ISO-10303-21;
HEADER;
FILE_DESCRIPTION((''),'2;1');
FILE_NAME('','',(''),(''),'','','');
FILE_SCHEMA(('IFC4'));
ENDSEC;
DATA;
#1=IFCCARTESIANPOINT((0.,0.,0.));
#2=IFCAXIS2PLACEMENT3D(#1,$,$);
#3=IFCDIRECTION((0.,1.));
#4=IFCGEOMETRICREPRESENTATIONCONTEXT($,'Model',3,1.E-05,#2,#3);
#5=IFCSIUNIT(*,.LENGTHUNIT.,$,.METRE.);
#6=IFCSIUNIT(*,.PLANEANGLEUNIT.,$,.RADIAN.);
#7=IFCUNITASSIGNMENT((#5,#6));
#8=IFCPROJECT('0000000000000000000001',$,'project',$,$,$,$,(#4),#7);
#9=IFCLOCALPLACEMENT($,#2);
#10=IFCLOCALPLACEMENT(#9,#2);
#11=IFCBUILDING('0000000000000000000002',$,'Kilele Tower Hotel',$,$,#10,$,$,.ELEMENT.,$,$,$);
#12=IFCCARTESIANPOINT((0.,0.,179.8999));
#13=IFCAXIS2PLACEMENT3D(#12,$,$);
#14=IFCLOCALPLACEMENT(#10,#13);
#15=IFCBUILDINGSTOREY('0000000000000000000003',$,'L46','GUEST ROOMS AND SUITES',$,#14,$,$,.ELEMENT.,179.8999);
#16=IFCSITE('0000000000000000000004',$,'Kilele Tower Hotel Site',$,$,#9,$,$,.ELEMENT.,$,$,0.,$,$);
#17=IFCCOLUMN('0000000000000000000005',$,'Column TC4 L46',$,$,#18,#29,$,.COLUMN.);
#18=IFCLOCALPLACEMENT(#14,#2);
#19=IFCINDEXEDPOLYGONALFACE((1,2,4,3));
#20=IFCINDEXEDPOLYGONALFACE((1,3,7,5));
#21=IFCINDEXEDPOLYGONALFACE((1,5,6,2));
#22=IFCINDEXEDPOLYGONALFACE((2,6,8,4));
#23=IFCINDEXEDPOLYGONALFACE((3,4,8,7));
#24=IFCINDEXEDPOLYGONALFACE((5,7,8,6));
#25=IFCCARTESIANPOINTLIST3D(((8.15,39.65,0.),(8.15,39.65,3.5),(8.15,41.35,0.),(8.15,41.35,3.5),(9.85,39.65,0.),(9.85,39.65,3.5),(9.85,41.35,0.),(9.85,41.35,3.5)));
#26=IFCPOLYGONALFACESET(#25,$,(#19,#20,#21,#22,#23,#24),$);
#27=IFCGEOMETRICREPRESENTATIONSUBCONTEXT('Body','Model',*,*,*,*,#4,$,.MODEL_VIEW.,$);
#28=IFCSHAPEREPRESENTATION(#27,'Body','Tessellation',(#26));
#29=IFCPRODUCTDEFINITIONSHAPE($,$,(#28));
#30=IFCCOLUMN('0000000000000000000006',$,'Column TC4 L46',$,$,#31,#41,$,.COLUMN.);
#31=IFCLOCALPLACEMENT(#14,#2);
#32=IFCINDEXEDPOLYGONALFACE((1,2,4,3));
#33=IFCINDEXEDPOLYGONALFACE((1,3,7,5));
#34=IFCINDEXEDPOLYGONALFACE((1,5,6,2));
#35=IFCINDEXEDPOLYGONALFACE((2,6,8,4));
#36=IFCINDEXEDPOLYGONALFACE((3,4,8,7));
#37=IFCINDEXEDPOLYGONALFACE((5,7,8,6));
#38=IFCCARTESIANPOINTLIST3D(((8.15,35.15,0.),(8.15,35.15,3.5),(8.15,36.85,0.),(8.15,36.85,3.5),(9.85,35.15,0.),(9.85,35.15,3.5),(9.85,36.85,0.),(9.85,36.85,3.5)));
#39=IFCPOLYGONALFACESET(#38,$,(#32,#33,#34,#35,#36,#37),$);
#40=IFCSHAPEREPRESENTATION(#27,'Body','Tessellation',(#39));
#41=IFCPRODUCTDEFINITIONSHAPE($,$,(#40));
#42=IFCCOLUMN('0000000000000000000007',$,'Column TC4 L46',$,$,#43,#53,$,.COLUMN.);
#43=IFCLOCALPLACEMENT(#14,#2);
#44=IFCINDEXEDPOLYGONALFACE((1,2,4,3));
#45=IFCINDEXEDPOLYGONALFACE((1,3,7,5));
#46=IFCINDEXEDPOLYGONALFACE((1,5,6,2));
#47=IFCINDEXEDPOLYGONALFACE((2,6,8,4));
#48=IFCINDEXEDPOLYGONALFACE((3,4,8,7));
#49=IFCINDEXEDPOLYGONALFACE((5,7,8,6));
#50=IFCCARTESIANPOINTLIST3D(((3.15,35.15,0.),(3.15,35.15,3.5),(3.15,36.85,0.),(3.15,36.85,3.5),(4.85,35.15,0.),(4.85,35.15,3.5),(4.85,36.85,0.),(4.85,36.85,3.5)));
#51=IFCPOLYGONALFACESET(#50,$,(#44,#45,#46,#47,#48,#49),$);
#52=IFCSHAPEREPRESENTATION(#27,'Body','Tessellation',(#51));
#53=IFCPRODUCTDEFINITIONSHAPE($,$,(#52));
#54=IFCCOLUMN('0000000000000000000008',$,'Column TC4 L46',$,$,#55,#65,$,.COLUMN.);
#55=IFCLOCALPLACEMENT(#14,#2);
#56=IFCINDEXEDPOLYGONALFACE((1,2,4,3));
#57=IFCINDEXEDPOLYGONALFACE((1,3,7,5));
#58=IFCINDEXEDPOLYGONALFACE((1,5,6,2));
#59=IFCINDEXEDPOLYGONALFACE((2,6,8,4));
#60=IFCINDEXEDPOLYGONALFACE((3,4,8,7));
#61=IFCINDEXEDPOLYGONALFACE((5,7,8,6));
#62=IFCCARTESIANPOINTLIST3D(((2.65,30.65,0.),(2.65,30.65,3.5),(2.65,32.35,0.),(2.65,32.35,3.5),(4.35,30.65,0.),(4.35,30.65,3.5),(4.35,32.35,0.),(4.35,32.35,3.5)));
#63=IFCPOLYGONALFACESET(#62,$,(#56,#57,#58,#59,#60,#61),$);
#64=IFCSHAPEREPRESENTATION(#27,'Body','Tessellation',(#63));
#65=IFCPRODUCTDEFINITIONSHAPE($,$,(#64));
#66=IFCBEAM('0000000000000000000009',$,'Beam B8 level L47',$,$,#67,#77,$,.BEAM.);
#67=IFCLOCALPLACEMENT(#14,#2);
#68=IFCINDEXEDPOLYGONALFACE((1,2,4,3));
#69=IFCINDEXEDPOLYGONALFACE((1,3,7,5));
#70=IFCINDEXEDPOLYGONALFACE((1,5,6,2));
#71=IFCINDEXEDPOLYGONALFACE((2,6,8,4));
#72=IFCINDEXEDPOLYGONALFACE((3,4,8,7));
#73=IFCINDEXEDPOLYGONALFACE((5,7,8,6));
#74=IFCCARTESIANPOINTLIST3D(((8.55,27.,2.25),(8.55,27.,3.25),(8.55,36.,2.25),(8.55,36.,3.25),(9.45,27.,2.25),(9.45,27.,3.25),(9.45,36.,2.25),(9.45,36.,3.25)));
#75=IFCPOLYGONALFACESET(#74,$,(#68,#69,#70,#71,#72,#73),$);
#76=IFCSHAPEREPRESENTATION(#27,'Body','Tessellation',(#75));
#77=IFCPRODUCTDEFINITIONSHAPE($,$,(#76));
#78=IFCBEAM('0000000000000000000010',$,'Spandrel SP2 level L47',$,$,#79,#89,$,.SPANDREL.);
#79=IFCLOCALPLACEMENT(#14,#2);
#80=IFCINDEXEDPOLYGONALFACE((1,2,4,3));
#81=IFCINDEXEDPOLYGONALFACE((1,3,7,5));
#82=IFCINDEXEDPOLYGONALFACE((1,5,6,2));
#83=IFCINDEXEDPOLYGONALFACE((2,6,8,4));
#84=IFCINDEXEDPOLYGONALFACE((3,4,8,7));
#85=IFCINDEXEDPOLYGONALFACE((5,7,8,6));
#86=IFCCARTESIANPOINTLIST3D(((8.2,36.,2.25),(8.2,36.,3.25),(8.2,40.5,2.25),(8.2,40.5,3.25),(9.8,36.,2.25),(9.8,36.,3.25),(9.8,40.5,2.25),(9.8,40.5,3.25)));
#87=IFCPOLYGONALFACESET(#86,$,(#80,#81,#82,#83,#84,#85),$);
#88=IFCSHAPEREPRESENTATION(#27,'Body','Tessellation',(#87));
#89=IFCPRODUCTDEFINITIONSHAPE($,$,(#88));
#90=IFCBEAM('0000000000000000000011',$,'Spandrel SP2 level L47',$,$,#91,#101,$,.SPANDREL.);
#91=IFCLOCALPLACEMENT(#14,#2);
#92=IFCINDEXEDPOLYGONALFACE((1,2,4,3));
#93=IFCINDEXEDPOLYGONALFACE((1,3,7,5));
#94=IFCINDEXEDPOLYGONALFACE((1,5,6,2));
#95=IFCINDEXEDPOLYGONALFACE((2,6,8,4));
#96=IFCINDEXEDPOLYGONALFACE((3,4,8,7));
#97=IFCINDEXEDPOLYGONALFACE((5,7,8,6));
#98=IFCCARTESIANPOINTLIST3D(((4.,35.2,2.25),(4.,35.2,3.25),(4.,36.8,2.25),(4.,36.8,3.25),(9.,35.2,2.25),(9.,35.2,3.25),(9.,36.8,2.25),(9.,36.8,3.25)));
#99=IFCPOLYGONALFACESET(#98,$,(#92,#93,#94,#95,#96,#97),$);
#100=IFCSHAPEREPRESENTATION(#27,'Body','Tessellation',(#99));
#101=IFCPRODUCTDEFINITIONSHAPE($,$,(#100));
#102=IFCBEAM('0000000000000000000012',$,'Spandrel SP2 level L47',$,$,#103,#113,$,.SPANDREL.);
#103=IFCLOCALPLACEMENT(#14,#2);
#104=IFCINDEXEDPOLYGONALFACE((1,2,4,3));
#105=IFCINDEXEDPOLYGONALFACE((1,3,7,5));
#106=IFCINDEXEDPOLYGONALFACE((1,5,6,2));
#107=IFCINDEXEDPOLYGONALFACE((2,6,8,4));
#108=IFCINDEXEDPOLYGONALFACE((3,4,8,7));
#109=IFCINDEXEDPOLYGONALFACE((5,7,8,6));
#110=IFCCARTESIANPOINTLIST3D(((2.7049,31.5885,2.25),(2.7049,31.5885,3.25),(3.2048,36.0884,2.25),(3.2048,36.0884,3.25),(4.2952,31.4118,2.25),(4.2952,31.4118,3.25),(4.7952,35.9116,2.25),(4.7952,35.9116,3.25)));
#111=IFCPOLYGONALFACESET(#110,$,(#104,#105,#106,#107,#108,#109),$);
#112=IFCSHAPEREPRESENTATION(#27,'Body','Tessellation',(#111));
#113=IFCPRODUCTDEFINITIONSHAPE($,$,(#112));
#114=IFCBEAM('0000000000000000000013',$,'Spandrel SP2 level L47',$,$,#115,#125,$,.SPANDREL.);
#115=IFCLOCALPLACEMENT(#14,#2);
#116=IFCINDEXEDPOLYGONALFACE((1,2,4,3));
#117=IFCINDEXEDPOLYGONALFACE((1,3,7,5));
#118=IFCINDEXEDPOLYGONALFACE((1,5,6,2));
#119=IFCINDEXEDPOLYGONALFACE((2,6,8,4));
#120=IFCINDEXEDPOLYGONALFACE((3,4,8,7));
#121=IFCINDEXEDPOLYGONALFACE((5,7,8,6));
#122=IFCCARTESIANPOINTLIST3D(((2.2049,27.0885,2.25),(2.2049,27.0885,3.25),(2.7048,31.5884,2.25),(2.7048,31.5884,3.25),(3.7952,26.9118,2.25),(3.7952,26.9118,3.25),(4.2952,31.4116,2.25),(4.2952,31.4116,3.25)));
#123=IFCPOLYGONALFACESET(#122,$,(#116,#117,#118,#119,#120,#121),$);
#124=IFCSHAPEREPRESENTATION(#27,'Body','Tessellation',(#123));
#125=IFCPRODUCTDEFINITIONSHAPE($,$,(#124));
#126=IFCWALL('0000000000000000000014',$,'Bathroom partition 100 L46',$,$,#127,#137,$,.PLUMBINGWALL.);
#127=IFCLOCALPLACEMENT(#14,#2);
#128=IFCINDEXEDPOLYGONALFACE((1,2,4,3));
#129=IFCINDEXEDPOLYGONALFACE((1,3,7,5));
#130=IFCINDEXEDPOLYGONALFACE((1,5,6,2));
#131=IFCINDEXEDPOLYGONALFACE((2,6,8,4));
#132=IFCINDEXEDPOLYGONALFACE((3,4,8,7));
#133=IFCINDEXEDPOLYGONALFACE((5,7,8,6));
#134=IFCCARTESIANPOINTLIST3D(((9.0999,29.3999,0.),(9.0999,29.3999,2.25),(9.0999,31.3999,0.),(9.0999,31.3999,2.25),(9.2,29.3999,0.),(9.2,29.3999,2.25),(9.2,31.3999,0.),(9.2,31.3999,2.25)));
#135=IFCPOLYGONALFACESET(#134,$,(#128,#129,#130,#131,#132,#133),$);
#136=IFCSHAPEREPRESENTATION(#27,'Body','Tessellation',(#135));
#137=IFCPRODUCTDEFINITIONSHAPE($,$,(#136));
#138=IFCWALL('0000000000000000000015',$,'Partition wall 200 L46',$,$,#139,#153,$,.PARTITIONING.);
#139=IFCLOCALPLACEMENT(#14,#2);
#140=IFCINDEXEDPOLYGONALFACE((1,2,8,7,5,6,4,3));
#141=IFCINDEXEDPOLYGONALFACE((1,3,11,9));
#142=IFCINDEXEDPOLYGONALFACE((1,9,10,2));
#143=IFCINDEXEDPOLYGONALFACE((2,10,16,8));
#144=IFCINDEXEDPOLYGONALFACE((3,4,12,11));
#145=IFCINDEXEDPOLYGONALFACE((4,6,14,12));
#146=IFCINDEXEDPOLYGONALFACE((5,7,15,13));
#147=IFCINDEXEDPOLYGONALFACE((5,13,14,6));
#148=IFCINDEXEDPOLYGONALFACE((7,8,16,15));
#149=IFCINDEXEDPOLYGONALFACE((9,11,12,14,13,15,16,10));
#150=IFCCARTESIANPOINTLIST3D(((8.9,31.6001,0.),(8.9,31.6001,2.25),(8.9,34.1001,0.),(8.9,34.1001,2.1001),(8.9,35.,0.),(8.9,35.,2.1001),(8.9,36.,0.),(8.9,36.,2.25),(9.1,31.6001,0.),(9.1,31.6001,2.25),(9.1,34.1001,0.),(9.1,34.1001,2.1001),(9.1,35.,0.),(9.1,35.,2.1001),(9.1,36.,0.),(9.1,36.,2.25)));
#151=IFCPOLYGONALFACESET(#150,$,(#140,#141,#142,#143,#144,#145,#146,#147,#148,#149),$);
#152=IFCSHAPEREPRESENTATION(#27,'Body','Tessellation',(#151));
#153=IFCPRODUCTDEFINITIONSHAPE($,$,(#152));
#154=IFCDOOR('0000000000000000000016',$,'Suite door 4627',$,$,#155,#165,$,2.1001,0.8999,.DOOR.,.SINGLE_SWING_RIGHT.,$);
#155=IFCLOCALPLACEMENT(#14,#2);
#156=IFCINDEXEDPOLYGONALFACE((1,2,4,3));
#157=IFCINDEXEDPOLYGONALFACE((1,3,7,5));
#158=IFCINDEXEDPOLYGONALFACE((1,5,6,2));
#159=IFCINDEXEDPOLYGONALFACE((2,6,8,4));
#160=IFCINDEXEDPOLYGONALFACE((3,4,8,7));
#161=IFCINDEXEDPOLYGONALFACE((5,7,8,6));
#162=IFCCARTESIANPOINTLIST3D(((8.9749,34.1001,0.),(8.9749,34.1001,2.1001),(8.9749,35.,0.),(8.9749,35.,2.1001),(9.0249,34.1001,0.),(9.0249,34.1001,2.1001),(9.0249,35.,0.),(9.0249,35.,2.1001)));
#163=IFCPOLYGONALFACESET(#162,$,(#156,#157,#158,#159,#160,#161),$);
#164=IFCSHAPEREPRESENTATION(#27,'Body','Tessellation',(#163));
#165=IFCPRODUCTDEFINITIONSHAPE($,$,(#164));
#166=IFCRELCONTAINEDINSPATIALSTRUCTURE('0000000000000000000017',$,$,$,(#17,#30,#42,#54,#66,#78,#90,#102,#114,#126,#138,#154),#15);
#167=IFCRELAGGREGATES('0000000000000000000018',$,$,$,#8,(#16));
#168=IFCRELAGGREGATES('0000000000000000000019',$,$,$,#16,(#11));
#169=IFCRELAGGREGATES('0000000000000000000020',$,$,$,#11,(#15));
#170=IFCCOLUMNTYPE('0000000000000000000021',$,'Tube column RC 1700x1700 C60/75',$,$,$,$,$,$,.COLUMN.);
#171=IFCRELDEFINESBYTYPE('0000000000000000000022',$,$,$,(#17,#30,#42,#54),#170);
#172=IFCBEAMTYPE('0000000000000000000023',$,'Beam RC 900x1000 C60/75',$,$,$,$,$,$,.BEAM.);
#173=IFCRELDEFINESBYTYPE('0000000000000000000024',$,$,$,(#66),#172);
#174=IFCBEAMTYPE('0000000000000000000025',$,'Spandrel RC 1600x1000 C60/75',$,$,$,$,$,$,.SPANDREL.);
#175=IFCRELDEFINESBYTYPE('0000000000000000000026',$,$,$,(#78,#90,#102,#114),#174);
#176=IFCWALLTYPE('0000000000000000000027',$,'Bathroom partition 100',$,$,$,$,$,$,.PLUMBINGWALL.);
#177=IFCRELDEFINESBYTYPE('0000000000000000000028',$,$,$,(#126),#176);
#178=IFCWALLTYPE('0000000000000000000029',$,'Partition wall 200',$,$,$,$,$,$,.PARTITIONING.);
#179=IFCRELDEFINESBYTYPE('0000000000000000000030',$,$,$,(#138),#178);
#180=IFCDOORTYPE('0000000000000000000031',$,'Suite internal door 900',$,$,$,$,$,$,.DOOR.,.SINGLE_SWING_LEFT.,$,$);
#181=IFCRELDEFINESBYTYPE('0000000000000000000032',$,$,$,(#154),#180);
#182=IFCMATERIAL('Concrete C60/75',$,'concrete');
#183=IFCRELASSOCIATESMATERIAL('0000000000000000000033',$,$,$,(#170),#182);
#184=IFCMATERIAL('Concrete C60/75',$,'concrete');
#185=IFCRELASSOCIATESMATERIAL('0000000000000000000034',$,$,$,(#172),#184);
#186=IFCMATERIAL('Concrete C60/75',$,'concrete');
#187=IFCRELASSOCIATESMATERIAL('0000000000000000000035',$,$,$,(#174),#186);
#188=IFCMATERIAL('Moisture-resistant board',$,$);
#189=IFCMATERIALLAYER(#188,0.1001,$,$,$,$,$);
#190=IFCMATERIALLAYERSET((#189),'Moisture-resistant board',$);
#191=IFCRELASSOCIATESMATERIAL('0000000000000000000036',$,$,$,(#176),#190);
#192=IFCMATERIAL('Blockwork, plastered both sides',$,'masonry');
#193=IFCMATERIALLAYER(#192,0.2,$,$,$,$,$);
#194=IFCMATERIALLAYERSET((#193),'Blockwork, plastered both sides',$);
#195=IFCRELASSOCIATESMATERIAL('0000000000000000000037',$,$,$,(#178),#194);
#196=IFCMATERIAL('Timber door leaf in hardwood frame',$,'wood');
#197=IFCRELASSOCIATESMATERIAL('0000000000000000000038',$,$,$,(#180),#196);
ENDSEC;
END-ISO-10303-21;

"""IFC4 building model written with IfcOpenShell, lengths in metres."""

from ifc_helpers import new_model, si_unit, direction, frame, frame_2d, origin, origin_2d, place, context, subcontext, project, spatial, rectangle, extrude, material, layer, layer_set, material_profile, profile_set, type_object, element, fill, save


model = new_model("IFC4")

# Units and contexts
model_context = context("Model", 3, precision=1e-05, world=origin(), true_north=direction((0.0, 1.0)))
body_context = subcontext(model_context, "Body", "Model", "MODEL_VIEW")
ifc_project = project(units=[si_unit("LENGTHUNIT", "METRE"), si_unit("PLANEANGLEUNIT", "RADIAN")], contexts=[model_context])

# Site, building, storey
site_placement = place(None, origin())
site = spatial("IfcSite", under=ifc_project, at=site_placement, Name="Kilele Tower Hotel Site", CompositionType="ELEMENT", RefElevation=0.0)
building_placement = place(site_placement, origin())
building = spatial("IfcBuilding", under=site, at=building_placement, Name="Kilele Tower Hotel", CompositionType="ELEMENT")
storey_placement = place(building_placement, frame((0.0, 0.0, 179.8999)))
storey = spatial("IfcBuildingStorey", under=building, at=storey_placement, Name="L46", Description="GUEST ROOMS AND SUITES", CompositionType="ELEMENT", Elevation=179.8999)

# Columns
ifc_material_1 = material(Name="Concrete C60/75", Category="concrete")
ifc_material_profile_1 = material_profile(ifc_material_1, rectangle(XDim=1.7, YDim=1.7, at=origin_2d()))
ifc_profile_set_1 = profile_set([ifc_material_profile_1], Name="Concrete C60/75")
column_type = type_object("IfcColumnType", Name="Tube column RC 1700x1700 C60/75", PredefinedType="COLUMN", material=ifc_profile_set_1)
for number, where, z_axis, x_axis, name in (
    (1, (9.0, 40.5, 0.0), (0.0, 0.0, 1.0), (1.0, 0.0, 0.0), "Column TC4 L46"),
    (2, (9.0, 36.0, 0.0), (0.0, 0.0, 1.0), (1.0, 0.0, 0.0), "Column TC4 L46"),
    (3, (4.0, 36.0, 0.0), (0.0, 0.0, 1.0), (1.0, 0.0, 0.0), "Column TC4 L46"),
    (4, (3.5, 31.5, 0.0), (0.0, 0.0, 1.0), (1.0, 0.0, 0.0), "Column TC4 L46"),
):
    element("IfcColumn", number, at=place(storey_placement, frame(where, z_axis=z_axis, x_axis=x_axis)), inside=storey, type_object=column_type, Name=name, PredefinedType="COLUMN", context=body_context, shape_type="SweptSolid", body=[
        extrude(rectangle(XDim=1.7, YDim=1.7, at=origin_2d()), origin(), (0.0, 0.0, 1.0), 3.5),
    ])

# Beams
ifc_material_2 = material(Name="Concrete C60/75", Category="concrete")
ifc_material_profile_2 = material_profile(ifc_material_2, rectangle(XDim=0.8999, YDim=1.0, at=origin_2d()))
ifc_profile_set_2 = profile_set([ifc_material_profile_2], Name="Concrete C60/75")
beam_type_1 = type_object("IfcBeamType", Name="Beam RC 900x1000 C60/75", PredefinedType="BEAM", material=ifc_profile_set_2)
beam_1_placement = place(storey_placement, frame((9.0, 36.0, 2.75), z_axis=(0.0, -1.0, 0.0), x_axis=(1.0, 0.0, 0.0)))
element("IfcBeam", 5, at=beam_1_placement, inside=storey, type_object=beam_type_1, Name="Beam B8 level L47", PredefinedType="BEAM", context=body_context, shape_type="SweptSolid", body=[
    extrude(rectangle(XDim=0.8999, YDim=1.0, at=origin_2d()), origin(), (0.0, 0.0, 1.0), 9.0),
])
ifc_material_3 = material(Name="Concrete C60/75", Category="concrete")
ifc_material_profile_3 = material_profile(ifc_material_3, rectangle(XDim=1.6001, YDim=1.0, at=origin_2d()))
ifc_profile_set_3 = profile_set([ifc_material_profile_3], Name="Concrete C60/75")
beam_type_2 = type_object("IfcBeamType", Name="Spandrel RC 1600x1000 C60/75", PredefinedType="SPANDREL", material=ifc_profile_set_3)
beam_2_placement = place(storey_placement, frame((9.0, 40.5, 2.75), z_axis=(0.0, -1.0, 0.0), x_axis=(1.0, 0.0, 0.0)))
element("IfcBeam", 6, at=beam_2_placement, inside=storey, type_object=beam_type_2, Name="Spandrel SP2 level L47", PredefinedType="SPANDREL", context=body_context, shape_type="SweptSolid", body=[
    extrude(rectangle(XDim=1.6001, YDim=1.0, at=origin_2d()), origin(), (0.0, 0.0, 1.0), 4.5),
])
beam_3_placement = place(storey_placement, frame((9.0, 36.0, 2.75), z_axis=(-1.0, 0.0, 0.0), x_axis=(0.0, -1.0, 0.0)))
element("IfcBeam", 7, at=beam_3_placement, inside=storey, type_object=beam_type_2, Name="Spandrel SP2 level L47", PredefinedType="SPANDREL", context=body_context, shape_type="SweptSolid", body=[
    extrude(rectangle(XDim=1.6001, YDim=1.0, at=origin_2d()), origin(), (0.0, 0.0, 1.0), 5.0),
])
for number, where, z_axis, x_axis, name in (
    (8, (4.0, 36.0, 2.75), (-0.110432, -0.993884, 0.0), (0.993884, -0.110432, 0.0), "Spandrel SP2 level L47"),
    (9, (3.5, 31.5, 2.75), (-0.110432, -0.993884, 0.0), (0.993884, -0.110432, 0.0), "Spandrel SP2 level L47"),
):
    element("IfcBeam", number, at=place(storey_placement, frame(where, z_axis=z_axis, x_axis=x_axis)), inside=storey, type_object=beam_type_2, Name=name, PredefinedType="SPANDREL", context=body_context, shape_type="SweptSolid", body=[
        extrude(rectangle(XDim=1.6001, YDim=1.0, at=origin_2d()), origin(), (0.0, 0.0, 1.0), 4.5276),
    ])

# Wall
ifc_material_4 = material(Name="Moisture-resistant board")
ifc_layer_1 = layer(ifc_material_4, 0.1001)
ifc_layer_set_1 = layer_set([ifc_layer_1], Name="Moisture-resistant board")
wall_type_1 = type_object("IfcWallType", Name="Bathroom partition 100", PredefinedType="PLUMBINGWALL", material=ifc_layer_set_1)
wall_1_placement = place(storey_placement, frame((9.1499, 31.3999, 0.0), z_axis=(0.0, 0.0, 1.0), x_axis=(0.0, -1.0, 0.0)))
element("IfcWall", 10, at=wall_1_placement, inside=storey, type_object=wall_type_1, Name="Bathroom partition 100 L46", PredefinedType="PLUMBINGWALL", context=body_context, shape_type="SweptSolid", body=[
    extrude(rectangle(XDim=2.0, YDim=0.1001, at=frame_2d((1.0, 0.0))), origin(), (0.0, 0.0, 1.0), 2.25),
])

# Wall, opening, door
ifc_material_5 = material(Name="Blockwork, plastered both sides", Category="masonry")
ifc_layer_2 = layer(ifc_material_5, 0.2)
ifc_layer_set_2 = layer_set([ifc_layer_2], Name="Blockwork, plastered both sides")
wall_type_2 = type_object("IfcWallType", Name="Partition wall 200", PredefinedType="PARTITIONING", material=ifc_layer_set_2)
wall_2_placement = place(storey_placement, frame((9.0, 31.6001, 0.0), z_axis=(0.0, 0.0, 1.0), x_axis=(0.0, 1.0, 0.0)))
wall_2 = element("IfcWall", 11, at=wall_2_placement, inside=storey, type_object=wall_type_2, Name="Partition wall 200 L46", PredefinedType="PARTITIONING", context=body_context, shape_type="SweptSolid", body=[
    extrude(rectangle(XDim=4.3999, YDim=0.2, at=frame_2d((2.2, 0.0))), origin(), (0.0, 0.0, 1.0), 2.25),
])
opening_1_placement = place(wall_2_placement, frame((3.3999, 0.0, 0.0), z_axis=(0.0, 0.0, 1.0), x_axis=(-1.0, 0.0, 0.0)))
opening_1 = element("IfcOpeningElement", 12, at=opening_1_placement, cuts=wall_2, PredefinedType="OPENING", context=body_context, shape_type="SweptSolid", body=[
    extrude(rectangle(XDim=0.8999, YDim=2.1001, at=frame_2d((0.45, 1.05))), frame((0.0, 0.1099, 0.0), z_axis=(0.0, -1.0, 0.0), x_axis=(1.0, 0.0, 0.0)), (0.0, 0.0, 1.0), 0.22),
])
ifc_material_6 = material(Name="Timber door leaf in hardwood frame", Category="wood")
door_type = type_object("IfcDoorType", Name="Suite internal door 900", OperationType="SINGLE_SWING_LEFT", PredefinedType="DOOR", material=ifc_material_6)
door_placement = place(opening_1_placement, origin())
door = element("IfcDoor", 13, at=door_placement, inside=storey, type_object=door_type, Name="Suite door 4627", OperationType="SINGLE_SWING_RIGHT", OverallHeight=2.1001, OverallWidth=0.8999, PredefinedType="DOOR", context=body_context, shape_type="SweptSolid", body=[
    extrude(rectangle(XDim=0.8999, YDim=2.1001, at=frame_2d((0.45, 1.05))), frame((0.0, 0.0249, 0.0), z_axis=(0.0, -1.0, 0.0), x_axis=(1.0, 0.0, 0.0)), (0.0, 0.0, 1.0), 0.05),
])
fill(opening_1, door)

save(model, "model.ifc")
